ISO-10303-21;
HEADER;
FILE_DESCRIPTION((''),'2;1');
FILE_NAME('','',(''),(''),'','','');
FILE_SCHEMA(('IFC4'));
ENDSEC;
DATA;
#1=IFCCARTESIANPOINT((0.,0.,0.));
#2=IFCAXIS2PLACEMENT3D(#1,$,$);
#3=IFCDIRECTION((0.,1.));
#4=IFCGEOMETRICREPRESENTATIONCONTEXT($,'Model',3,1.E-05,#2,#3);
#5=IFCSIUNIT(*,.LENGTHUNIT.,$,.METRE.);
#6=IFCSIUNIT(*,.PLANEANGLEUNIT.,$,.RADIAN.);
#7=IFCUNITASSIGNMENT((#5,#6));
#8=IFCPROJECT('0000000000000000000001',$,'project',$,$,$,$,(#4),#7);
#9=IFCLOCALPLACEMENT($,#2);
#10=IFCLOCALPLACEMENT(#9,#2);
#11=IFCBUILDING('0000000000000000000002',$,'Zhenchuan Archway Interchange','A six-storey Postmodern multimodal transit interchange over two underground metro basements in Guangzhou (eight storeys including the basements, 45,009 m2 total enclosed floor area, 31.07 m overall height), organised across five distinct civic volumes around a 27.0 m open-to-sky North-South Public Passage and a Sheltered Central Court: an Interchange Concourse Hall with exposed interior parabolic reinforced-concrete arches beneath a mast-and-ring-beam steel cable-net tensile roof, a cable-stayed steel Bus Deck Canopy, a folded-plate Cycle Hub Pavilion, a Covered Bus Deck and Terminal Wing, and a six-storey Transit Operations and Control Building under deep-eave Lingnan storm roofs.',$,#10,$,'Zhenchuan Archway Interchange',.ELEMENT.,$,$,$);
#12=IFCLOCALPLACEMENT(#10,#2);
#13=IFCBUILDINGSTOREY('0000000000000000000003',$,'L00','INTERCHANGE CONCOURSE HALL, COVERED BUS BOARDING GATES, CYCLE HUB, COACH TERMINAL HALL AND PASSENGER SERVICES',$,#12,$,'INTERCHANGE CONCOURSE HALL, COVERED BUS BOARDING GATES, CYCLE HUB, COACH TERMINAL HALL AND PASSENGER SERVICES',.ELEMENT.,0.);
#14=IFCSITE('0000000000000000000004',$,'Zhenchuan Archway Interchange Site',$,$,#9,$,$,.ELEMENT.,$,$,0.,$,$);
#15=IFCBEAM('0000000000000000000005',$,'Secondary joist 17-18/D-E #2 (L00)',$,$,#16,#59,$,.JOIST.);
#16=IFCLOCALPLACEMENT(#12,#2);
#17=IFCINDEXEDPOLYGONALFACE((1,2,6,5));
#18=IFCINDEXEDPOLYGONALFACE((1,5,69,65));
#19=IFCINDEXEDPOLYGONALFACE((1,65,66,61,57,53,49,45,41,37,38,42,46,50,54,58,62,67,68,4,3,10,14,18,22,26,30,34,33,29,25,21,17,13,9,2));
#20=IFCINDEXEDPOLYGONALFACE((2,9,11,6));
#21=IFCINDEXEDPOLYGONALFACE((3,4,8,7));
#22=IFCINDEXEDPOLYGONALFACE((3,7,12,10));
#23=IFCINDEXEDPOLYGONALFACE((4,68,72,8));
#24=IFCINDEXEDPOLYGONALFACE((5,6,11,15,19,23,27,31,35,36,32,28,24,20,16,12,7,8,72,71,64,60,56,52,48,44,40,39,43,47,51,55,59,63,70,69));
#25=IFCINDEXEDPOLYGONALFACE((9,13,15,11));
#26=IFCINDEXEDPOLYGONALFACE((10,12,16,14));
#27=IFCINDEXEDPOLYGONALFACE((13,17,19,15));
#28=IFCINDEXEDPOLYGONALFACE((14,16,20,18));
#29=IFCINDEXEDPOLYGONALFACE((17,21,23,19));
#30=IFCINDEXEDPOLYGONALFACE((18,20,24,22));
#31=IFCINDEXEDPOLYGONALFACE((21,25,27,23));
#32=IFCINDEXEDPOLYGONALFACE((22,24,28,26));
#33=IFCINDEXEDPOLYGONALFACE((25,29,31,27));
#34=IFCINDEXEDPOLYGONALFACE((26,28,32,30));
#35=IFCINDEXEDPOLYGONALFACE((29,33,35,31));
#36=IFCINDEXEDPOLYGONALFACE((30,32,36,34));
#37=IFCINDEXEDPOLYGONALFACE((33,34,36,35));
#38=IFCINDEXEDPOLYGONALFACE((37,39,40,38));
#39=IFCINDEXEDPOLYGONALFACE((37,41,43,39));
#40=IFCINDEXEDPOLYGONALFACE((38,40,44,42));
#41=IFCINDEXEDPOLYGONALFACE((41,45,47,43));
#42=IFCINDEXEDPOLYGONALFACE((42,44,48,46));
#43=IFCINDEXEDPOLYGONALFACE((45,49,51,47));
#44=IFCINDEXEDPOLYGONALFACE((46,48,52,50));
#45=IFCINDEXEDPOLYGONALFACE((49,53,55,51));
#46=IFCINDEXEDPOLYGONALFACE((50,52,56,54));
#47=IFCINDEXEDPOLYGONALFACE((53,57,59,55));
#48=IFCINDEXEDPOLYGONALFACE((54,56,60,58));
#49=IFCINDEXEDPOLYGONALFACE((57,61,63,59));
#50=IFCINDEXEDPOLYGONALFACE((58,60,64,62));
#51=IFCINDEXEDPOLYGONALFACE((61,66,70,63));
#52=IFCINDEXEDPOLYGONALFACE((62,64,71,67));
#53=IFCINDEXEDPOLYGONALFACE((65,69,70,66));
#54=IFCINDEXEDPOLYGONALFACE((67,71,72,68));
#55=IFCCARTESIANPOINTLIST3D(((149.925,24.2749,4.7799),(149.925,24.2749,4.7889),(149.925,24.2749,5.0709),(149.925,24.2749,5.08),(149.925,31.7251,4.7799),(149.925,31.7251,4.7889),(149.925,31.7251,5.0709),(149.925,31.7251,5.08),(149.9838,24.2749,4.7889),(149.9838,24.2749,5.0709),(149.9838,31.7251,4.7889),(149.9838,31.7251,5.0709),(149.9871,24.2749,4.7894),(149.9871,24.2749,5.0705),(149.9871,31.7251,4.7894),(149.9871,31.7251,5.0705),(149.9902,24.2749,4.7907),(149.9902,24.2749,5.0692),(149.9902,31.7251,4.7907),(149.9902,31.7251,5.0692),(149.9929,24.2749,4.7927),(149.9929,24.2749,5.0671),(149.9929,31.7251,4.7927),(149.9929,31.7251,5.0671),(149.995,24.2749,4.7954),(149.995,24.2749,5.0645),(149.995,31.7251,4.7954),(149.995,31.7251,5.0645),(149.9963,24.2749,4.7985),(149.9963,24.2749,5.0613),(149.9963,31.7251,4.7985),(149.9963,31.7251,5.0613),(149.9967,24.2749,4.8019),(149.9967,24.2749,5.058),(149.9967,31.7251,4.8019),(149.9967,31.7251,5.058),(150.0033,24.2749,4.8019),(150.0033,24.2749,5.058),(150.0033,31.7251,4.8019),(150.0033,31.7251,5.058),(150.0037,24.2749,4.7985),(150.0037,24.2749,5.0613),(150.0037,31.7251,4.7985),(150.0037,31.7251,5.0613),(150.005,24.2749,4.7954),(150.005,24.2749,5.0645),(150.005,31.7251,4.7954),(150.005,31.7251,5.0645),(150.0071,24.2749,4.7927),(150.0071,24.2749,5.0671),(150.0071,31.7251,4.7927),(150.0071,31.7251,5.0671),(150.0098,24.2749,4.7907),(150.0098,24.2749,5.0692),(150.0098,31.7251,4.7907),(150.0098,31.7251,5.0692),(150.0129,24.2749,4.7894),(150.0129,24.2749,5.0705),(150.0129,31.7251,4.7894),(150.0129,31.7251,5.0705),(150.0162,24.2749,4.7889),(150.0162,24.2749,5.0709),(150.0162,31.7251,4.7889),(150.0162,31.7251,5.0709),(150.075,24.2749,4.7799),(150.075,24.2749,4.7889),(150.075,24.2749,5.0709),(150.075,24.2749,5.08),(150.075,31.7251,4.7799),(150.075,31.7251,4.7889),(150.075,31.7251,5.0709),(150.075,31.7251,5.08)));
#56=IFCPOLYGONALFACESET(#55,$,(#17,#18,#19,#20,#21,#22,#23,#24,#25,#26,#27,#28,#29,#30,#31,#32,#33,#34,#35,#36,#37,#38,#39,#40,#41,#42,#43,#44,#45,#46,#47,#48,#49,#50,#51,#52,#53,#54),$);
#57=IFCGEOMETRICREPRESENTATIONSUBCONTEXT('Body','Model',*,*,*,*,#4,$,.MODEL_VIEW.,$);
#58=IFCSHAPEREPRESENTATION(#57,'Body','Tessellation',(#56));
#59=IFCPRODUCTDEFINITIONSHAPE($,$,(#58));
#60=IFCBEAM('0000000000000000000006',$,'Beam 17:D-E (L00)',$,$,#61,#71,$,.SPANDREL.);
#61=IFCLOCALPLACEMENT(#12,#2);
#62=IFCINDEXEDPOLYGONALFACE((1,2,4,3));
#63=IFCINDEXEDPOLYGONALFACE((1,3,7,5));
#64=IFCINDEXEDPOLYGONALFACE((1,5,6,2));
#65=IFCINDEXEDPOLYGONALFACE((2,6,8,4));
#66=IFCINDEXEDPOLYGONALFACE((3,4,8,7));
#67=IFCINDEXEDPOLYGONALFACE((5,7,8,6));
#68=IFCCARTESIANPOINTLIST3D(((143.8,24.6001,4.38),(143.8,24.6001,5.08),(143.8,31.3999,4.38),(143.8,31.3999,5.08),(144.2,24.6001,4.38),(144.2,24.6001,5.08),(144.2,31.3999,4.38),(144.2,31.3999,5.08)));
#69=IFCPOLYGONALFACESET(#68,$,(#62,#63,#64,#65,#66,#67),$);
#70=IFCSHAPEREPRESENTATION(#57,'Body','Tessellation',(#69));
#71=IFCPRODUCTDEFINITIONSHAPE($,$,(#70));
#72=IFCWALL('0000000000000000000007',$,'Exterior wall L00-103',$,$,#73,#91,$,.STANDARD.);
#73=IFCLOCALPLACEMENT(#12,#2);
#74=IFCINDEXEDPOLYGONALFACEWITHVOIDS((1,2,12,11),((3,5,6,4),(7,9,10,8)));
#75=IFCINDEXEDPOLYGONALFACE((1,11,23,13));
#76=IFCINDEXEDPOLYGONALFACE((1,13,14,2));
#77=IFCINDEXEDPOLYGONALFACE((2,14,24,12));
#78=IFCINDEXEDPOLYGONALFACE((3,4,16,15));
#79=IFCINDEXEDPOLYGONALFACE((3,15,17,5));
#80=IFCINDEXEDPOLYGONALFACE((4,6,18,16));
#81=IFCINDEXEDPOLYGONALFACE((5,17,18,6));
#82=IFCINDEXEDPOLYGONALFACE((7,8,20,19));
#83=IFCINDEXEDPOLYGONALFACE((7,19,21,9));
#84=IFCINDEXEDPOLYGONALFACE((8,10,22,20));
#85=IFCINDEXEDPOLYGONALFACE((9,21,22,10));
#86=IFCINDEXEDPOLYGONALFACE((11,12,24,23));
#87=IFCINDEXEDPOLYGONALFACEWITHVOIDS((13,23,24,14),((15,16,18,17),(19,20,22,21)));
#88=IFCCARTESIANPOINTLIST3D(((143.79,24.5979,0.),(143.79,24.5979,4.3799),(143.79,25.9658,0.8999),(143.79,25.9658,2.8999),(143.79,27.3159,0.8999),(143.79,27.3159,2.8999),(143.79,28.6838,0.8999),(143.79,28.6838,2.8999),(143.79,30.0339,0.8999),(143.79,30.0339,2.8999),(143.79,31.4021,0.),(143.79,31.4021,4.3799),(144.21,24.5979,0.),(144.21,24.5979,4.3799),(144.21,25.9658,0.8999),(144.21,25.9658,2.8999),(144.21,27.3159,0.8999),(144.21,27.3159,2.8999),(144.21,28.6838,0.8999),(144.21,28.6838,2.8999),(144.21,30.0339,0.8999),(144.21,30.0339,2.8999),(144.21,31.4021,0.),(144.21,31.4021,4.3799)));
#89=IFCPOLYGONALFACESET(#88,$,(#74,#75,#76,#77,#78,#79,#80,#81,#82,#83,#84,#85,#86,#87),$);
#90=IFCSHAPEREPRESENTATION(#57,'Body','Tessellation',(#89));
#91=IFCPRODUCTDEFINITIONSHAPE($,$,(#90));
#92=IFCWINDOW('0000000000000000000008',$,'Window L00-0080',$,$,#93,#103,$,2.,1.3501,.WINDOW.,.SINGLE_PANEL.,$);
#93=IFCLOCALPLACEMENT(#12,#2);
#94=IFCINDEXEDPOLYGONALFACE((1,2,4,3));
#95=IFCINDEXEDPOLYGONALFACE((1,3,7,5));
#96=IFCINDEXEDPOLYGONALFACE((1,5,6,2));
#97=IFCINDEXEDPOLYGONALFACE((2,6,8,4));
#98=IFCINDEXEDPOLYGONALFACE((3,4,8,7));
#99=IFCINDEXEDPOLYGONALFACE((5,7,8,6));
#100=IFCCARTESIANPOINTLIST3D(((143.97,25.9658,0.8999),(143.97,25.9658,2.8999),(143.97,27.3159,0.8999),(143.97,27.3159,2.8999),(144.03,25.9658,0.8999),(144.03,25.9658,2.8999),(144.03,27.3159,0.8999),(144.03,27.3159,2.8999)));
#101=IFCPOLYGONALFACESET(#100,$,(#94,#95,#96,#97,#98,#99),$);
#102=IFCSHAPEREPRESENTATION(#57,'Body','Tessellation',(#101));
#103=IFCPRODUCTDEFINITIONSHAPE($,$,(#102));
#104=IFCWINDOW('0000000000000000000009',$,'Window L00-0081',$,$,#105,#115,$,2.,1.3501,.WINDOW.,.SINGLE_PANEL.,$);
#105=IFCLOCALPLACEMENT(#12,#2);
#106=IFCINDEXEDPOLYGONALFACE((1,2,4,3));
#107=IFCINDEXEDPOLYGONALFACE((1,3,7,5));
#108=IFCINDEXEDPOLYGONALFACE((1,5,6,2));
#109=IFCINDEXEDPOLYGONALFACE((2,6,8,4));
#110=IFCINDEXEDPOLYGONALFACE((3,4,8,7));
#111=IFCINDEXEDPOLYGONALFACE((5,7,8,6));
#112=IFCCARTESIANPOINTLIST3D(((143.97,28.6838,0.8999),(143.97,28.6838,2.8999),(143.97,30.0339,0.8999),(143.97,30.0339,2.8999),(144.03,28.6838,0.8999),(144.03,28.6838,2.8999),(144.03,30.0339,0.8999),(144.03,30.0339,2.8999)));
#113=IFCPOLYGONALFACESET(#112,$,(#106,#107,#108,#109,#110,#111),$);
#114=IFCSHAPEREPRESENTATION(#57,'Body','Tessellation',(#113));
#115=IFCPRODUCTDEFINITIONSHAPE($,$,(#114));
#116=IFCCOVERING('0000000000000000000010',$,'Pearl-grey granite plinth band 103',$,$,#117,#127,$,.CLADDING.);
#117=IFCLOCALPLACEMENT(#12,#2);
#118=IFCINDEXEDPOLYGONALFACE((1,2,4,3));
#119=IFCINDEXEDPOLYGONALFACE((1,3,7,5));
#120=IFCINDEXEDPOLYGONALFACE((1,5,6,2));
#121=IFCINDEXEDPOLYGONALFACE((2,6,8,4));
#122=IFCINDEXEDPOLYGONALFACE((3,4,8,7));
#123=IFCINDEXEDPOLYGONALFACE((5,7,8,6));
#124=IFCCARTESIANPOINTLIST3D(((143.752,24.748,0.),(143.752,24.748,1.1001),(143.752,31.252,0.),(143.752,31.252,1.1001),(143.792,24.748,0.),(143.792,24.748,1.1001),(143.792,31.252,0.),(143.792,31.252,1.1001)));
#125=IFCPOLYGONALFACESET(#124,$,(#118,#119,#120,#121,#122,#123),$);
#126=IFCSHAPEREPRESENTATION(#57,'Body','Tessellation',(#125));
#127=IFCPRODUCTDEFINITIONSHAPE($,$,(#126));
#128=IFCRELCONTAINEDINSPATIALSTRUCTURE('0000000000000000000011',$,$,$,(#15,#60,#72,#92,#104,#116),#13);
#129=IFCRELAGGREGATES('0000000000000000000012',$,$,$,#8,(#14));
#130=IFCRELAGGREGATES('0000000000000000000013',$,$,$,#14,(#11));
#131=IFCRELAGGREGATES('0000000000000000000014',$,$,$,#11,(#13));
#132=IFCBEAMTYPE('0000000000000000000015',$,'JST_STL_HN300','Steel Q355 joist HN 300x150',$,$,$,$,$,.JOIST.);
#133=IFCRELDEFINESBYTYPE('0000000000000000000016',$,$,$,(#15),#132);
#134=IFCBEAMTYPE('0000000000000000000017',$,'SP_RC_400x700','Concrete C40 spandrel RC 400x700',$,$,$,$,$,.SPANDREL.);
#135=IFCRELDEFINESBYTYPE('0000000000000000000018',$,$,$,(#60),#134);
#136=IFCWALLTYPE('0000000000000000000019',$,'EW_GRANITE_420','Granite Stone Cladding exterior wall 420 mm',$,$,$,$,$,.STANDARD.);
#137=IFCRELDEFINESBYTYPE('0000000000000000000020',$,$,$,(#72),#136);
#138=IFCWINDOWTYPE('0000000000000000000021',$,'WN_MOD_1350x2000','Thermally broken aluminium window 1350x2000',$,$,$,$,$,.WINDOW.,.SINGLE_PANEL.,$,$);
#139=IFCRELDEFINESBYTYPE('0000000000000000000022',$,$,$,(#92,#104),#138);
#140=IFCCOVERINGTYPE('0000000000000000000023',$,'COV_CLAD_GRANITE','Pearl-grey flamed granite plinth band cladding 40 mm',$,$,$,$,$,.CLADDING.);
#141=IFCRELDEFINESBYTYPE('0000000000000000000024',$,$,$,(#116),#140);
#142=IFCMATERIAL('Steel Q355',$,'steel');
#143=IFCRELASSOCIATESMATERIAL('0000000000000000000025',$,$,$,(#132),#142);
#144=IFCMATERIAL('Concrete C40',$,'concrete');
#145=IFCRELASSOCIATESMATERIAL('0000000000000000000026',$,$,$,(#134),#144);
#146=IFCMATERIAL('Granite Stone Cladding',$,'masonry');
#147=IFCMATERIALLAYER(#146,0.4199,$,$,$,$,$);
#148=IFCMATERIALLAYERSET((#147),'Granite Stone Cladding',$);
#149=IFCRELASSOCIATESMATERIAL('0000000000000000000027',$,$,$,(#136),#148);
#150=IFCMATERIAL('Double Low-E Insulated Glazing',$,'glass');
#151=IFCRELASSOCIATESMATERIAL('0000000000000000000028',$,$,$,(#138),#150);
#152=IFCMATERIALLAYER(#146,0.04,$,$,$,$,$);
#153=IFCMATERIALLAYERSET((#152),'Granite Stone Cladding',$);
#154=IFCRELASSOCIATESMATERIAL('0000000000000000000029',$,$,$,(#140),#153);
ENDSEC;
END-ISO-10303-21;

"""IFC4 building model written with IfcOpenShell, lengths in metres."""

from ifc_helpers import new_model, si_unit, direction, frame, frame_2d, origin, origin_2d, place, context, subcontext, project, spatial, rectangle, i_section, extrude, material, layer, layer_set, material_profile, profile_set, type_object, element, fill, save


model = new_model("IFC4")

# Units and contexts
model_context = context("Model", 3, precision=1e-05, world=origin(), true_north=direction((0.0, 1.0)))
body_context = subcontext(model_context, "Body", "Model", "MODEL_VIEW")
ifc_project = project(units=[si_unit("LENGTHUNIT", "METRE"), si_unit("PLANEANGLEUNIT", "RADIAN")], contexts=[model_context])

# Site, building, storey
site_placement = place(None, origin())
site = spatial("IfcSite", under=ifc_project, at=site_placement, Name="Zhenchuan Archway Interchange Site", CompositionType="ELEMENT", RefElevation=0.0)
building_placement = place(site_placement, origin())
building = spatial("IfcBuilding", under=site, at=building_placement, Name="Zhenchuan Archway Interchange", Description="A six-storey Postmodern multimodal transit interchange over two underground metro basements in Guangzhou (eight storeys including the basements, 45,009 m2 total enclosed floor area, 31.07 m overall height), organised across five distinct civic volumes around a 27.0 m open-to-sky North-South Public Passage and a Sheltered Central Court: an Interchange Concourse Hall with exposed interior parabolic reinforced-concrete arches beneath a mast-and-ring-beam steel cable-net tensile roof, a cable-stayed steel Bus Deck Canopy, a folded-plate Cycle Hub Pavilion, a Covered Bus Deck and Terminal Wing, and a six-storey Transit Operations and Control Building under deep-eave Lingnan storm roofs.", LongName="Zhenchuan Archway Interchange", CompositionType="ELEMENT")
storey_placement = place(building_placement, origin())
storey = spatial("IfcBuildingStorey", under=building, at=storey_placement, Name="L00", Description="INTERCHANGE CONCOURSE HALL, COVERED BUS BOARDING GATES, CYCLE HUB, COACH TERMINAL HALL AND PASSENGER SERVICES", LongName="INTERCHANGE CONCOURSE HALL, COVERED BUS BOARDING GATES, CYCLE HUB, COACH TERMINAL HALL AND PASSENGER SERVICES", CompositionType="ELEMENT", Elevation=0.0)

# Shared definitions
ifc_material_1 = material(Name="Concrete C40", Category="concrete")

# Beams
ifc_material_2 = material(Name="Steel Q355", Category="steel")
ifc_material_profile_1 = material_profile(ifc_material_2, i_section(OverallWidth=0.1499, OverallDepth=0.3, WebThickness=0.0066, FlangeThickness=0.009, FilletRadius=0.0129, at=origin_2d()), Name="HN 300x150")
ifc_profile_set_1 = profile_set([ifc_material_profile_1], Name="Steel Q355")
beam_type_1 = type_object("IfcBeamType", Name="JST_STL_HN300", Description="Steel Q355 joist HN 300x150", PredefinedType="JOIST", material=ifc_profile_set_1)
for number, where, z_axis, x_axis, name in (
    (1, (150.0, 24.2749, 4.9299), (0.0, 1.0, 0.0), (-1.0, 0.0, 0.0), "Secondary joist 17-18/D-E #2 (L00)"),
):
    element("IfcBeam", number, at=place(storey_placement, frame(where, z_axis=z_axis, x_axis=x_axis)), inside=storey, type_object=beam_type_1, Name=name, PredefinedType="JOIST", context=body_context, shape_type="SweptSolid", body=[
        extrude(i_section(OverallWidth=0.1499, OverallDepth=0.3, WebThickness=0.0066, FlangeThickness=0.009, FilletRadius=0.0129, at=origin_2d()), origin(), (0.0, 0.0, 1.0), 7.4502),
    ])
ifc_material_profile_2 = material_profile(ifc_material_1, rectangle(XDim=0.3999, YDim=0.7, at=origin_2d()), Name="RC 400x700")
ifc_profile_set_2 = profile_set([ifc_material_profile_2], Name="Concrete C40")
beam_type_2 = type_object("IfcBeamType", Name="SP_RC_400x700", Description="Concrete C40 spandrel RC 400x700", PredefinedType="SPANDREL", material=ifc_profile_set_2)
beam_1_placement = place(storey_placement, frame((144.0, 24.6001, 4.73), z_axis=(0.0, 1.0, 0.0), x_axis=(-1.0, 0.0, 0.0)))
element("IfcBeam", 2, at=beam_1_placement, inside=storey, type_object=beam_type_2, Name="Beam 17:D-E (L00)", PredefinedType="SPANDREL", context=body_context, shape_type="SweptSolid", body=[
    extrude(rectangle(XDim=0.3999, YDim=0.7, at=origin_2d()), origin(), (0.0, 0.0, 1.0), 6.7998),
])

# Wall, openings, windows
ifc_material_3 = material(Name="Granite Stone Cladding", Category="masonry")
ifc_layer_1 = layer(ifc_material_3, 0.4199)
ifc_layer_set_1 = layer_set([ifc_layer_1], Name="Granite Stone Cladding")
wall_type = type_object("IfcWallType", Name="EW_GRANITE_420", Description="Granite Stone Cladding exterior wall 420 mm", PredefinedType="STANDARD", material=ifc_layer_set_1)
wall_placement = place(storey_placement, frame((144.0, 24.5979, 0.0), z_axis=(0.0, 0.0, 1.0), x_axis=(0.0, 1.0, 0.0)))
wall = element("IfcWall", 3, at=wall_placement, inside=storey, type_object=wall_type, Name="Exterior wall L00-103", PredefinedType="STANDARD", context=body_context, shape_type="SweptSolid", body=[
    extrude(rectangle(XDim=6.8042, YDim=0.4199, at=frame_2d((3.4021, 0.0))), origin(), (0.0, 0.0, 1.0), 4.3799),
])
opening_1_placement = place(wall_placement, frame((1.3679, 0.0, 0.8999)))
opening_1 = element("IfcOpeningElement", 4, at=opening_1_placement, cuts=wall, PredefinedType="OPENING", context=body_context, shape_type="SweptSolid", body=[
    extrude(rectangle(XDim=1.3501, YDim=2.0, at=frame_2d((0.675, 1.0))), frame((0.0, 0.2219, 0.0), z_axis=(0.0, -1.0, 0.0), x_axis=(1.0, 0.0, 0.0)), (0.0, 0.0, 1.0), 0.4438),
])
opening_2_placement = place(wall_placement, frame((4.0859, 0.0, 0.8999)))
opening_2 = element("IfcOpeningElement", 5, at=opening_2_placement, cuts=wall, PredefinedType="OPENING", context=body_context, shape_type="SweptSolid", body=[
    extrude(rectangle(XDim=1.3501, YDim=2.0, at=frame_2d((0.675, 1.0))), frame((0.0, 0.2219, 0.0), z_axis=(0.0, -1.0, 0.0), x_axis=(1.0, 0.0, 0.0)), (0.0, 0.0, 1.0), 0.4438),
])
ifc_material_4 = material(Name="Double Low-E Insulated Glazing", Category="glass")
window_type = type_object("IfcWindowType", Name="WN_MOD_1350x2000", Description="Thermally broken aluminium window 1350x2000", PartitioningType="SINGLE_PANEL", PredefinedType="WINDOW", material=ifc_material_4)
window_1_placement = place(opening_1_placement, origin())
window_1 = element("IfcWindow", 6, at=window_1_placement, inside=storey, type_object=window_type, Name="Window L00-0080", OverallHeight=2.0, OverallWidth=1.3501, PartitioningType="SINGLE_PANEL", PredefinedType="WINDOW", context=body_context, shape_type="SweptSolid", body=[
    extrude(rectangle(XDim=1.3501, YDim=2.0, at=frame_2d((0.675, 1.0))), frame((0.0, 0.03, 0.0), z_axis=(0.0, -1.0, 0.0), x_axis=(1.0, 0.0, 0.0)), (0.0, 0.0, 1.0), 0.0601),
])
fill(opening_1, window_1)
window_2_placement = place(opening_2_placement, origin())
window_2 = element("IfcWindow", 7, at=window_2_placement, inside=storey, type_object=window_type, Name="Window L00-0081", OverallHeight=2.0, OverallWidth=1.3501, PartitioningType="SINGLE_PANEL", PredefinedType="WINDOW", context=body_context, shape_type="SweptSolid", body=[
    extrude(rectangle(XDim=1.3501, YDim=2.0, at=frame_2d((0.675, 1.0))), frame((0.0, 0.03, 0.0), z_axis=(0.0, -1.0, 0.0), x_axis=(1.0, 0.0, 0.0)), (0.0, 0.0, 1.0), 0.0601),
])
fill(opening_2, window_2)

# Covering
ifc_layer_2 = layer(ifc_material_3, 0.04)
ifc_layer_set_2 = layer_set([ifc_layer_2], Name="Granite Stone Cladding")
covering_type = type_object("IfcCoveringType", Name="COV_CLAD_GRANITE", Description="Pearl-grey flamed granite plinth band cladding 40 mm", PredefinedType="CLADDING", material=ifc_layer_set_2)
covering_placement = place(storey_placement, frame((143.772, 28.0, 0.0), z_axis=(0.0, 0.0, 1.0), x_axis=(0.0, 1.0, 0.0)))
element("IfcCovering", 8, at=covering_placement, inside=storey, type_object=covering_type, Name="Pearl-grey granite plinth band 103", PredefinedType="CLADDING", context=body_context, shape_type="SweptSolid", body=[
    extrude(rectangle(XDim=6.5039, YDim=0.04, at=origin_2d()), origin(), (0.0, 0.0, 1.0), 1.1001),
])

save(model, "model.ifc")
